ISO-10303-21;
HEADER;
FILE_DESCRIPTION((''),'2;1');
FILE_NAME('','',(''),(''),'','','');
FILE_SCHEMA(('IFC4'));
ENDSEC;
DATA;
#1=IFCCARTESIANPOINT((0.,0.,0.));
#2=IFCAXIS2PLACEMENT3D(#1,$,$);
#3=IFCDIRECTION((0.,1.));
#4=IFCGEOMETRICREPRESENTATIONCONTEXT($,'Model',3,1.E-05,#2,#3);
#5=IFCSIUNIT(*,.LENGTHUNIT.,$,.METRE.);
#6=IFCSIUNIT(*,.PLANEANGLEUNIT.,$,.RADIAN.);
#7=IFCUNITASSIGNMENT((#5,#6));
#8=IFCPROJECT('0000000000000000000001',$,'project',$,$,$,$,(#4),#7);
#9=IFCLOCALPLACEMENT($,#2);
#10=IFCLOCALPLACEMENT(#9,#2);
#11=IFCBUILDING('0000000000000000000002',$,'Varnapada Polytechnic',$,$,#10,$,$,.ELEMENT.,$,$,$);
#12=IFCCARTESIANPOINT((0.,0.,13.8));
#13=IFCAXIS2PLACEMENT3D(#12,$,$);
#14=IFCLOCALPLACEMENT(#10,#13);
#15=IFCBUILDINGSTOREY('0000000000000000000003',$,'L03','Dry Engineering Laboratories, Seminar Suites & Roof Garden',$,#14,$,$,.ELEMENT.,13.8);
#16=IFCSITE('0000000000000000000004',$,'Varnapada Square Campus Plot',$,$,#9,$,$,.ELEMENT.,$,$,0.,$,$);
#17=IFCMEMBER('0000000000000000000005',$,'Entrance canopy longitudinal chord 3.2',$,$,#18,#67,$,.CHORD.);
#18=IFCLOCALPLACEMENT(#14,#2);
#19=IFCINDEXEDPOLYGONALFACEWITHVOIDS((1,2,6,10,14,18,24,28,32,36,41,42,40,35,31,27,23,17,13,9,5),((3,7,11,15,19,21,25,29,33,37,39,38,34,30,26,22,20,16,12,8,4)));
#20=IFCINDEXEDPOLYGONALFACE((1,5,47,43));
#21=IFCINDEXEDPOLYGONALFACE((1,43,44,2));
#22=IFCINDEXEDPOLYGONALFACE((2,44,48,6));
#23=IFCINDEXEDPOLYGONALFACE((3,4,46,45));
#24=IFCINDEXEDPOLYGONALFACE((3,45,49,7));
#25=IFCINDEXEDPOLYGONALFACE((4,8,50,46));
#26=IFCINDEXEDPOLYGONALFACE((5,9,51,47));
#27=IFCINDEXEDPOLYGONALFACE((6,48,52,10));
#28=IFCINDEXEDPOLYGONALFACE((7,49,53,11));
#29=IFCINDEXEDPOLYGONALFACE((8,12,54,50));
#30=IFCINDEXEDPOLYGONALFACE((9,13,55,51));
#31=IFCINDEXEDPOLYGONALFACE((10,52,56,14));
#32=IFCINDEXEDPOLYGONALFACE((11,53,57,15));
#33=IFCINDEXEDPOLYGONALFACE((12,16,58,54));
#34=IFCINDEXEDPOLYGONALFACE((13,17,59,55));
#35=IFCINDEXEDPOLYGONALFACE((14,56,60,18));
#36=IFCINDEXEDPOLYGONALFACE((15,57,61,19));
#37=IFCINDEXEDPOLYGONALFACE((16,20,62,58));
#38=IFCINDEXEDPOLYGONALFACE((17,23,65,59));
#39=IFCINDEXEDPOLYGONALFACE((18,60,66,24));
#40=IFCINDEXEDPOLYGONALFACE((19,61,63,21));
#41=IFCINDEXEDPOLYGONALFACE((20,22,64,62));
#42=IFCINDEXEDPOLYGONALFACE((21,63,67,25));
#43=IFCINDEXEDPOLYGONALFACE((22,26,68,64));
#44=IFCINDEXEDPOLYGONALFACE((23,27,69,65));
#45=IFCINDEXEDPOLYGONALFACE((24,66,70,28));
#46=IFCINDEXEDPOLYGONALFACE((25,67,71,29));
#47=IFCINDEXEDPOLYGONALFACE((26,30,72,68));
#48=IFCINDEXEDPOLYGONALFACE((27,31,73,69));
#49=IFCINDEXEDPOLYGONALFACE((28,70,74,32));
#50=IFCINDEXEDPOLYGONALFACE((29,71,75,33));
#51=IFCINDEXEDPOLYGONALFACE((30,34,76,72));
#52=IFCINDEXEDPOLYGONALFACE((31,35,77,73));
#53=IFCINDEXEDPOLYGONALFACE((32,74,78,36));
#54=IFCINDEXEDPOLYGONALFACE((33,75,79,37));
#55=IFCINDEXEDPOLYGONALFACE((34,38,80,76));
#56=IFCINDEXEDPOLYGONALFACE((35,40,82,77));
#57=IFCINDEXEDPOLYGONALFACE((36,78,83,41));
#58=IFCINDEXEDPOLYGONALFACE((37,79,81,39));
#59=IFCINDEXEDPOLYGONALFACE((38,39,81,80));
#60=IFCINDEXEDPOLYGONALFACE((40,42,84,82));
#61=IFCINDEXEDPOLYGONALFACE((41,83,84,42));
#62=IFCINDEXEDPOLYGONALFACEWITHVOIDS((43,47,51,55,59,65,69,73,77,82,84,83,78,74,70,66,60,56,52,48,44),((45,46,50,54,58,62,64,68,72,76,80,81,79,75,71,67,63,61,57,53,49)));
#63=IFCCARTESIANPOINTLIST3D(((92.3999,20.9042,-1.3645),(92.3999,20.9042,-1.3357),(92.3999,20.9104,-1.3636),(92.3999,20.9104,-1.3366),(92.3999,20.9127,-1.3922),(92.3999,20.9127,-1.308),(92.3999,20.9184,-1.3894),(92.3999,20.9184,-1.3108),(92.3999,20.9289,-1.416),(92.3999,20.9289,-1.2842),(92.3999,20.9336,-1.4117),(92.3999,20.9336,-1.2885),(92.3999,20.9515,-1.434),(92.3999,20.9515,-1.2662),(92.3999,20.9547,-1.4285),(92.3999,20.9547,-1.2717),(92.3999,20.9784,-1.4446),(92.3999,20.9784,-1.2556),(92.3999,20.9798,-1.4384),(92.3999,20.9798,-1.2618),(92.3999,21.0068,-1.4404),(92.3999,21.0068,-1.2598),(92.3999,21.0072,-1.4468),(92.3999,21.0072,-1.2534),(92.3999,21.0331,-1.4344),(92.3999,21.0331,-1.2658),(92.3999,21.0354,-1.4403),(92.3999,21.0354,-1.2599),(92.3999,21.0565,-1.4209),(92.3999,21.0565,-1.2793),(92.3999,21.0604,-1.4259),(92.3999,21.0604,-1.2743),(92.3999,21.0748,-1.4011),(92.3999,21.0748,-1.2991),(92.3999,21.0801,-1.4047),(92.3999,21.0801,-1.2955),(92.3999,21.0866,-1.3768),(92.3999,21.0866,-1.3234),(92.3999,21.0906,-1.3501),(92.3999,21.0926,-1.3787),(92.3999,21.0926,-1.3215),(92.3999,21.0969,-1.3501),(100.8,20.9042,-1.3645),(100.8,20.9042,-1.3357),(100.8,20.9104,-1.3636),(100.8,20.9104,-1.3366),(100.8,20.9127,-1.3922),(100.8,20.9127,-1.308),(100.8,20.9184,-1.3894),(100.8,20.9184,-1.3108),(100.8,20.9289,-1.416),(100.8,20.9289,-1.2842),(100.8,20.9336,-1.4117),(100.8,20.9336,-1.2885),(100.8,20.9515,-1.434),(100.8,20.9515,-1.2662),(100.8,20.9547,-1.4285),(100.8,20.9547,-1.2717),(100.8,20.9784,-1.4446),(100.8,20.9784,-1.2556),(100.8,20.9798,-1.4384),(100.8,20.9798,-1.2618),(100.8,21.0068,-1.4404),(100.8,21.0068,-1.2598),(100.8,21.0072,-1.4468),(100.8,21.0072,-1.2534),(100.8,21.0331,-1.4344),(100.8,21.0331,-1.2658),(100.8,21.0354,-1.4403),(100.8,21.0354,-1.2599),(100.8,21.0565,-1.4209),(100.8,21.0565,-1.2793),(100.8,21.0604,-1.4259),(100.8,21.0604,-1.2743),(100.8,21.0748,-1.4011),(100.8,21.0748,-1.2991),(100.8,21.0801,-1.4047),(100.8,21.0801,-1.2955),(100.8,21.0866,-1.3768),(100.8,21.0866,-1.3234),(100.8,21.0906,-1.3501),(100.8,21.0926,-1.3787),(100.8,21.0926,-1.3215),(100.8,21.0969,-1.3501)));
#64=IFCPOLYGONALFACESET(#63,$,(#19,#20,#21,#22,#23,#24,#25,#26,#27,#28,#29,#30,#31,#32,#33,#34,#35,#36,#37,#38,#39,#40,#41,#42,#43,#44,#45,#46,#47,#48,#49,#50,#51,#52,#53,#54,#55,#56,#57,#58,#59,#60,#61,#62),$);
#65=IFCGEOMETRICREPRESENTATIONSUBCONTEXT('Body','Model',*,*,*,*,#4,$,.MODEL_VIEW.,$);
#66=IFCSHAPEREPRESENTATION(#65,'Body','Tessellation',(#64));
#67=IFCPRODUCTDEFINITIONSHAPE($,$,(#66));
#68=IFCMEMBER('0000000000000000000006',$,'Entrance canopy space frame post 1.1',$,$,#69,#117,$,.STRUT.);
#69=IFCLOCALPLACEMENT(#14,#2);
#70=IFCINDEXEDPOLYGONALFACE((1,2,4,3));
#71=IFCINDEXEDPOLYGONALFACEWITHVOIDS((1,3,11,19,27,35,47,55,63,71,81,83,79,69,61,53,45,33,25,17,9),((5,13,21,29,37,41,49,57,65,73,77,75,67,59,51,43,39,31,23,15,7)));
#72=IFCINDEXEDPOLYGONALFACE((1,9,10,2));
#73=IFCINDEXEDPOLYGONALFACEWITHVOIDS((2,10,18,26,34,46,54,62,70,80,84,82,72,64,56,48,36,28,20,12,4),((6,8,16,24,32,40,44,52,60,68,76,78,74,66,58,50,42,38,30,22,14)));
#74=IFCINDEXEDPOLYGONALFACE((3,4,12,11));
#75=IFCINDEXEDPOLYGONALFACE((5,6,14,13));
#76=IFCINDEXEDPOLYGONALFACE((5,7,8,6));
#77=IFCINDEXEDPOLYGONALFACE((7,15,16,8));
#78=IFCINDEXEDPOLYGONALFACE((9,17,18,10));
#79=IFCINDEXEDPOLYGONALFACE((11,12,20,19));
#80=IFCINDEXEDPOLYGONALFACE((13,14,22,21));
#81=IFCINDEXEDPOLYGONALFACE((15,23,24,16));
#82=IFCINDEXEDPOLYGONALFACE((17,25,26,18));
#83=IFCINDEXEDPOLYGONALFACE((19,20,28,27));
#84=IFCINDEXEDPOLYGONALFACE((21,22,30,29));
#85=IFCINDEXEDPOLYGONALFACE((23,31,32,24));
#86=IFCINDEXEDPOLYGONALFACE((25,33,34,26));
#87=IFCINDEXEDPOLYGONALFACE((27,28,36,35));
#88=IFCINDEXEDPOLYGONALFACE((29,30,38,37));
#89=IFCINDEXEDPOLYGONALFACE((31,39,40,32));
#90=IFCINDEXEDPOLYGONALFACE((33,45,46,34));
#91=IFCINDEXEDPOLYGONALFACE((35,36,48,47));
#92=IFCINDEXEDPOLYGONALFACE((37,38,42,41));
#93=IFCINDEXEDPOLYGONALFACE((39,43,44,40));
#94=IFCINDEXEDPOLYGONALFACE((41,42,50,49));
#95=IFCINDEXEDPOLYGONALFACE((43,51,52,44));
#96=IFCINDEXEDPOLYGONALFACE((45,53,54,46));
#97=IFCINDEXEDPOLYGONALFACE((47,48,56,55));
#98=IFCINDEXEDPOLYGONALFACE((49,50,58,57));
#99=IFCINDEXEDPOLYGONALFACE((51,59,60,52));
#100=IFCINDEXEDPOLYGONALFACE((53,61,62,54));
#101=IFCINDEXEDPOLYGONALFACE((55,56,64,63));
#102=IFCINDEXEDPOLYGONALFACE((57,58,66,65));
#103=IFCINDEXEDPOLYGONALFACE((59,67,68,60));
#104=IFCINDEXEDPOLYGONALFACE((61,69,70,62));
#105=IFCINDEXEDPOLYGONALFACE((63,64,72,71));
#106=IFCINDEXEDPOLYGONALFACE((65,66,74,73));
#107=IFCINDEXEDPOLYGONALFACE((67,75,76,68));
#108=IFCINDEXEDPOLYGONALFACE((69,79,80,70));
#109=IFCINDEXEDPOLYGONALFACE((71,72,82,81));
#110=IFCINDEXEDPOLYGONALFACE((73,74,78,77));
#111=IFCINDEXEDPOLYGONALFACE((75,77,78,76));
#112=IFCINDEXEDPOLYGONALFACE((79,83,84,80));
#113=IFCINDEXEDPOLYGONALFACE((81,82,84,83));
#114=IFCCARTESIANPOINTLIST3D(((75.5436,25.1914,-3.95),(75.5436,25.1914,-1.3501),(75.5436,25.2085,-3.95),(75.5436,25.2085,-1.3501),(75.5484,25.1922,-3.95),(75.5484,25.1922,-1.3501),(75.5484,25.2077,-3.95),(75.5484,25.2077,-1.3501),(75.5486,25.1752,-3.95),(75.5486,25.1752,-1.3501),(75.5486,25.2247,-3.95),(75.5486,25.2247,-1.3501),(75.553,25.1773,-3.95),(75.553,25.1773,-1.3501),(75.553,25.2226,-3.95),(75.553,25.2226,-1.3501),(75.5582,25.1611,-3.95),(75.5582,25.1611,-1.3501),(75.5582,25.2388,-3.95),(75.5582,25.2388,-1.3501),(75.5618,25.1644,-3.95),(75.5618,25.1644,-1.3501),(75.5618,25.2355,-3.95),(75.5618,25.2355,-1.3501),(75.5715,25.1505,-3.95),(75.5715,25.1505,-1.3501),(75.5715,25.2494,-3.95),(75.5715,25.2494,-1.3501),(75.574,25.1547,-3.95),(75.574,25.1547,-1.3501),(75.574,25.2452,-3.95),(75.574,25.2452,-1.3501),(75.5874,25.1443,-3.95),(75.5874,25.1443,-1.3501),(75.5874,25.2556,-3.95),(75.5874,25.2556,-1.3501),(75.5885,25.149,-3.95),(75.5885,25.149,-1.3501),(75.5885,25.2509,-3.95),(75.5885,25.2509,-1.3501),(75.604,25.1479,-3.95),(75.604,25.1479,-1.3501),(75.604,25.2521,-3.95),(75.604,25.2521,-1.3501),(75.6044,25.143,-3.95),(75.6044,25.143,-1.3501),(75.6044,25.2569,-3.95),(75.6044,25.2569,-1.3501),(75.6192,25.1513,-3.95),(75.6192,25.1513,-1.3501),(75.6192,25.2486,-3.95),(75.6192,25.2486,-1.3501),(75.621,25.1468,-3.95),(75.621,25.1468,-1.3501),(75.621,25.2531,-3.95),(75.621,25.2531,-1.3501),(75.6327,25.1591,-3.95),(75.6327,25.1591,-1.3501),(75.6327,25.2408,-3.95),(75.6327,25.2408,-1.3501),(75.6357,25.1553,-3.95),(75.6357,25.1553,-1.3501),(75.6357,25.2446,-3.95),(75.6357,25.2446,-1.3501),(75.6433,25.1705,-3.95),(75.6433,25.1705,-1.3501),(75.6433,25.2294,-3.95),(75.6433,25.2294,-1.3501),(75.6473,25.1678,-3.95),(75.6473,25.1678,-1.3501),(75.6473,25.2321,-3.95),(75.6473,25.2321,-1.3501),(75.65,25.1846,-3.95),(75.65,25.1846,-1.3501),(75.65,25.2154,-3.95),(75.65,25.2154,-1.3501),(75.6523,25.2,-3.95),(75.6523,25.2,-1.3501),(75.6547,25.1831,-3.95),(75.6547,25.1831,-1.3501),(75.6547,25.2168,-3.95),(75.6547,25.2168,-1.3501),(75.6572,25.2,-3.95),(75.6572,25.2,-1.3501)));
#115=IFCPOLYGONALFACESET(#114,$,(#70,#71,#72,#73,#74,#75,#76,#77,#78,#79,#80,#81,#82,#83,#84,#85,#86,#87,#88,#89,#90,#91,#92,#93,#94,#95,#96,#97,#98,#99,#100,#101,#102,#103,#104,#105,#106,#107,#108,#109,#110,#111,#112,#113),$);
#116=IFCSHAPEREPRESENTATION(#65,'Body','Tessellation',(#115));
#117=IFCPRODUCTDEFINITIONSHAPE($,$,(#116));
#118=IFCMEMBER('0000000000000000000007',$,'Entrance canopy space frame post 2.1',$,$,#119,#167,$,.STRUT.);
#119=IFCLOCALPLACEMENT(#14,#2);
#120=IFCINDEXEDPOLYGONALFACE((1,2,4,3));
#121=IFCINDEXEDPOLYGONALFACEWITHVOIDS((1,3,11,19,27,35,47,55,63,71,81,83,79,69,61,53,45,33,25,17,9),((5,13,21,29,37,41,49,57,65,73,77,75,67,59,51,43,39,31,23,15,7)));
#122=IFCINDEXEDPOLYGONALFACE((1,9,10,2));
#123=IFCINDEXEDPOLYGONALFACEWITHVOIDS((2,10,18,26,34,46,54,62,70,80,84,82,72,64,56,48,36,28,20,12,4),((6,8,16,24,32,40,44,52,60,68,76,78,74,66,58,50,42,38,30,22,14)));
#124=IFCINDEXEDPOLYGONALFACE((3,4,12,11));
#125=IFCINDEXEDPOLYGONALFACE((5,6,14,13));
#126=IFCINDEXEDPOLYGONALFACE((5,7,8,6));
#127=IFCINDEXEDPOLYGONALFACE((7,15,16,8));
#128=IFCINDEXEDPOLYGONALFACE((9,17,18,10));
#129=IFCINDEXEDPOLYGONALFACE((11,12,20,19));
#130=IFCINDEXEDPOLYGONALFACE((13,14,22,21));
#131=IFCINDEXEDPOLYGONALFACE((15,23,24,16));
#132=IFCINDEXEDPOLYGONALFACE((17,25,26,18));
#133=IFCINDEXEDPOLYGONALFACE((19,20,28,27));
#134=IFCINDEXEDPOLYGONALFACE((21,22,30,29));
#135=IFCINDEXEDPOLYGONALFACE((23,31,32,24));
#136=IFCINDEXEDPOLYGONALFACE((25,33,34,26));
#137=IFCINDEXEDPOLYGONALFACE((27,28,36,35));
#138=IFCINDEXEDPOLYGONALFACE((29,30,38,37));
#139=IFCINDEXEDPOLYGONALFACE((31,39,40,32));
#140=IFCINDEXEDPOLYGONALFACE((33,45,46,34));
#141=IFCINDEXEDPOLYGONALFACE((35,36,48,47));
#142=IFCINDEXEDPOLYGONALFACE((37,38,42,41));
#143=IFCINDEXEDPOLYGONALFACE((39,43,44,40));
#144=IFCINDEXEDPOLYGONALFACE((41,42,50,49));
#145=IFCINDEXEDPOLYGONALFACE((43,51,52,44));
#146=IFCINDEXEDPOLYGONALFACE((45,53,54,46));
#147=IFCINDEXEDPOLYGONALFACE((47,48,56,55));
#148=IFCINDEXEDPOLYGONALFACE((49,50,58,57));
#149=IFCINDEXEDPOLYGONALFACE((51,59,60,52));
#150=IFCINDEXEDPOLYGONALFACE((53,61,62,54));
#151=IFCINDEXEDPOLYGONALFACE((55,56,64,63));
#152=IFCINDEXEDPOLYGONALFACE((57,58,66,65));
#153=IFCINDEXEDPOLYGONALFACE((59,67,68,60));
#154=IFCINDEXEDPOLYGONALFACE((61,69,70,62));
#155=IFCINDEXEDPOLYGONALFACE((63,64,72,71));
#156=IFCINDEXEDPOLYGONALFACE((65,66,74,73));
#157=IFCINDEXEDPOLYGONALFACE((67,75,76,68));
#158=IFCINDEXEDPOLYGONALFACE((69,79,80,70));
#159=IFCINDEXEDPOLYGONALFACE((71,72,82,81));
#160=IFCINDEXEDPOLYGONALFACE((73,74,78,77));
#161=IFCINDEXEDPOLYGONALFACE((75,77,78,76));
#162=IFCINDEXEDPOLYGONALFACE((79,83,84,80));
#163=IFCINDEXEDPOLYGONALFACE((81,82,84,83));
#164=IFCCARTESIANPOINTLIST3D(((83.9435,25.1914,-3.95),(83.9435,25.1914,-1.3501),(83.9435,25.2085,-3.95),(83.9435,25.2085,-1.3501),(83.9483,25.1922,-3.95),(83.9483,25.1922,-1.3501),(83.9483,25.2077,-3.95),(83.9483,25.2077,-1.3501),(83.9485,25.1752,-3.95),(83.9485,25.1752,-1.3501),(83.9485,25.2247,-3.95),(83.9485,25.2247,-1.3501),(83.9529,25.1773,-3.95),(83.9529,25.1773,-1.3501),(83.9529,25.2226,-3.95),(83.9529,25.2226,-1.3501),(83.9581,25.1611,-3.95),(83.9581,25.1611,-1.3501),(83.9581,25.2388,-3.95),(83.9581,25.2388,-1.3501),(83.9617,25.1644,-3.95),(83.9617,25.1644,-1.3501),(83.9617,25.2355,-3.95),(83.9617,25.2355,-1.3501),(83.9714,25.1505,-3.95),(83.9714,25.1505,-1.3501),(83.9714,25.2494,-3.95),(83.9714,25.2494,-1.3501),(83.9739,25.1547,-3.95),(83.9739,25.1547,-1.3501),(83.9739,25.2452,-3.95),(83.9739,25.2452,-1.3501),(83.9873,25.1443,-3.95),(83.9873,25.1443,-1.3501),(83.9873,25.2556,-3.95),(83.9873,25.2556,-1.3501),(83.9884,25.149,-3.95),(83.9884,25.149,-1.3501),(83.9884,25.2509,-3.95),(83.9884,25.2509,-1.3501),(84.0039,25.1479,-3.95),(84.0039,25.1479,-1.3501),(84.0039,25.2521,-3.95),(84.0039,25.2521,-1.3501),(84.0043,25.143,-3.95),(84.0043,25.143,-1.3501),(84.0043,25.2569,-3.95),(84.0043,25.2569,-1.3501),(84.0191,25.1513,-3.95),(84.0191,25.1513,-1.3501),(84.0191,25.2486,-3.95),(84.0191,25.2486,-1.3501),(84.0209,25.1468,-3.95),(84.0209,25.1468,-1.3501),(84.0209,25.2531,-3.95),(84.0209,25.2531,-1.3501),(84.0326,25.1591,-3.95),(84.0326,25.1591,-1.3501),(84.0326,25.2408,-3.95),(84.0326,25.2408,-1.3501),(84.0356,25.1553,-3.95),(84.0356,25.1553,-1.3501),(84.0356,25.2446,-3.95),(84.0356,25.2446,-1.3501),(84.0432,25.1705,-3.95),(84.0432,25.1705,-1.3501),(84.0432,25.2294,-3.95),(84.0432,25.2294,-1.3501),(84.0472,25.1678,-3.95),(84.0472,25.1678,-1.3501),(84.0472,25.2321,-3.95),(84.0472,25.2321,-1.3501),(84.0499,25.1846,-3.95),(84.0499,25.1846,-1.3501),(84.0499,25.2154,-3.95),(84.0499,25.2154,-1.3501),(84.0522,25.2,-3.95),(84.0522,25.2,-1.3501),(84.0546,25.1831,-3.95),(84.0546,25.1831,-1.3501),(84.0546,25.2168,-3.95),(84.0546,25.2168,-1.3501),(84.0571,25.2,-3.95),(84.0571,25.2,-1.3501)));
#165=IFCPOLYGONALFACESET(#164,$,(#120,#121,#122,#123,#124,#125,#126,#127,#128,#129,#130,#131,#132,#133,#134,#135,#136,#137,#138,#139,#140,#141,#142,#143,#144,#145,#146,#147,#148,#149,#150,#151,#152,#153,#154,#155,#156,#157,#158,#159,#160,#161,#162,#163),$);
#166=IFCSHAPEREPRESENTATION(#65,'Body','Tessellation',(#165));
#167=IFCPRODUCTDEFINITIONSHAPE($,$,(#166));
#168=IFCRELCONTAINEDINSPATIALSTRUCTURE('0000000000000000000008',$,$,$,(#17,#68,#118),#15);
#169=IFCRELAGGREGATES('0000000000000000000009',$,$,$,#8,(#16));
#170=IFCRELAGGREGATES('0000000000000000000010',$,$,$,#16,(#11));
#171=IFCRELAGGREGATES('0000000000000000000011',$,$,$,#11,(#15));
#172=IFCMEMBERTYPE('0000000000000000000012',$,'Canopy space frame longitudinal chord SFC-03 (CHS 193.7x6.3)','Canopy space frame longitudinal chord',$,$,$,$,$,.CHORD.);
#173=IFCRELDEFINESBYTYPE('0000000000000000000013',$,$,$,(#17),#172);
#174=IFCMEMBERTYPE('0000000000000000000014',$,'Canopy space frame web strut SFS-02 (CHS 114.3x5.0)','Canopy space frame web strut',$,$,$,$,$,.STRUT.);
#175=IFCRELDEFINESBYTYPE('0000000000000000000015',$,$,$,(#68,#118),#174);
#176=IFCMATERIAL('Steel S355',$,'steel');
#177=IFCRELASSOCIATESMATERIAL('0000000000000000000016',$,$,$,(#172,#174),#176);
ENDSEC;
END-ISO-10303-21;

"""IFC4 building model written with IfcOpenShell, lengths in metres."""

from ifc_helpers import new_model, si_unit, direction, frame, origin, origin_2d, place, context, subcontext, project, spatial, hollow_circle, extrude, material, material_profile, profile_set, type_object, element, save


model = new_model("IFC4")

# Units and contexts
model_context = context("Model", 3, precision=1e-05, world=origin(), true_north=direction((0.0, 1.0)))
body_context = subcontext(model_context, "Body", "Model", "MODEL_VIEW")
ifc_project = project(units=[si_unit("LENGTHUNIT", "METRE"), si_unit("PLANEANGLEUNIT", "RADIAN")], contexts=[model_context])

# Site, building, storey
site_placement = place(None, origin())
site = spatial("IfcSite", under=ifc_project, at=site_placement, Name="Varnapada Square Campus Plot", CompositionType="ELEMENT", RefElevation=0.0)
building_placement = place(site_placement, origin())
building = spatial("IfcBuilding", under=site, at=building_placement, Name="Varnapada Polytechnic", CompositionType="ELEMENT")
storey_placement = place(building_placement, frame((0.0, 0.0, 13.8)))
storey = spatial("IfcBuildingStorey", under=building, at=storey_placement, Name="L03", Description="Dry Engineering Laboratories, Seminar Suites & Roof Garden", CompositionType="ELEMENT", Elevation=13.8)

# Members
ifc_material = material(Name="Steel S355", Category="steel")
ifc_material_profile_1 = material_profile(ifc_material, hollow_circle(Radius=0.0969, WallThickness=0.0063, at=origin_2d()), Name="CHS 193.7x6.3")
ifc_profile_set_1 = profile_set([ifc_material_profile_1], Name="Steel S355")
member_type_1 = type_object("IfcMemberType", Name="Canopy space frame longitudinal chord SFC-03 (CHS 193.7x6.3)", Description="Canopy space frame longitudinal chord", PredefinedType="CHORD", material=ifc_profile_set_1)
member_placement = place(storey_placement, frame((92.3999, 21.0, -1.3501), z_axis=(1.0, 0.0, 0.0), x_axis=(0.0, 1.0, 0.0)))
element("IfcMember", 1, at=member_placement, inside=storey, type_object=member_type_1, Name="Entrance canopy longitudinal chord 3.2", PredefinedType="CHORD", context=body_context, shape_type="SweptSolid", body=[
    extrude(hollow_circle(Radius=0.0969, WallThickness=0.0063, at=origin_2d()), origin(), (0.0, 0.0, 1.0), 8.4001),
])
ifc_material_profile_2 = material_profile(ifc_material, hollow_circle(Radius=0.0571, WallThickness=0.0049, at=origin_2d()), Name="CHS 114.3x5.0")
ifc_profile_set_2 = profile_set([ifc_material_profile_2], Name="Steel S355")
member_type_2 = type_object("IfcMemberType", Name="Canopy space frame web strut SFS-02 (CHS 114.3x5.0)", Description="Canopy space frame web strut", PredefinedType="STRUT", material=ifc_profile_set_2)
for number, where, z_axis, x_axis, name in (
    (2, (75.6001, 25.2, -3.95), (0.0, 0.0, 1.0), (1.0, 0.0, 0.0), "Entrance canopy space frame post 1.1"),
    (3, (84.0, 25.2, -3.95), (0.0, 0.0, 1.0), (1.0, 0.0, 0.0), "Entrance canopy space frame post 2.1"),
):
    element("IfcMember", number, at=place(storey_placement, frame(where, z_axis=z_axis, x_axis=x_axis)), inside=storey, type_object=member_type_2, Name=name, PredefinedType="STRUT", context=body_context, shape_type="SweptSolid", body=[
        extrude(hollow_circle(Radius=0.0571, WallThickness=0.0049, at=origin_2d()), origin(), (0.0, 0.0, 1.0), 2.5999),
    ])

save(model, "model.ifc")
